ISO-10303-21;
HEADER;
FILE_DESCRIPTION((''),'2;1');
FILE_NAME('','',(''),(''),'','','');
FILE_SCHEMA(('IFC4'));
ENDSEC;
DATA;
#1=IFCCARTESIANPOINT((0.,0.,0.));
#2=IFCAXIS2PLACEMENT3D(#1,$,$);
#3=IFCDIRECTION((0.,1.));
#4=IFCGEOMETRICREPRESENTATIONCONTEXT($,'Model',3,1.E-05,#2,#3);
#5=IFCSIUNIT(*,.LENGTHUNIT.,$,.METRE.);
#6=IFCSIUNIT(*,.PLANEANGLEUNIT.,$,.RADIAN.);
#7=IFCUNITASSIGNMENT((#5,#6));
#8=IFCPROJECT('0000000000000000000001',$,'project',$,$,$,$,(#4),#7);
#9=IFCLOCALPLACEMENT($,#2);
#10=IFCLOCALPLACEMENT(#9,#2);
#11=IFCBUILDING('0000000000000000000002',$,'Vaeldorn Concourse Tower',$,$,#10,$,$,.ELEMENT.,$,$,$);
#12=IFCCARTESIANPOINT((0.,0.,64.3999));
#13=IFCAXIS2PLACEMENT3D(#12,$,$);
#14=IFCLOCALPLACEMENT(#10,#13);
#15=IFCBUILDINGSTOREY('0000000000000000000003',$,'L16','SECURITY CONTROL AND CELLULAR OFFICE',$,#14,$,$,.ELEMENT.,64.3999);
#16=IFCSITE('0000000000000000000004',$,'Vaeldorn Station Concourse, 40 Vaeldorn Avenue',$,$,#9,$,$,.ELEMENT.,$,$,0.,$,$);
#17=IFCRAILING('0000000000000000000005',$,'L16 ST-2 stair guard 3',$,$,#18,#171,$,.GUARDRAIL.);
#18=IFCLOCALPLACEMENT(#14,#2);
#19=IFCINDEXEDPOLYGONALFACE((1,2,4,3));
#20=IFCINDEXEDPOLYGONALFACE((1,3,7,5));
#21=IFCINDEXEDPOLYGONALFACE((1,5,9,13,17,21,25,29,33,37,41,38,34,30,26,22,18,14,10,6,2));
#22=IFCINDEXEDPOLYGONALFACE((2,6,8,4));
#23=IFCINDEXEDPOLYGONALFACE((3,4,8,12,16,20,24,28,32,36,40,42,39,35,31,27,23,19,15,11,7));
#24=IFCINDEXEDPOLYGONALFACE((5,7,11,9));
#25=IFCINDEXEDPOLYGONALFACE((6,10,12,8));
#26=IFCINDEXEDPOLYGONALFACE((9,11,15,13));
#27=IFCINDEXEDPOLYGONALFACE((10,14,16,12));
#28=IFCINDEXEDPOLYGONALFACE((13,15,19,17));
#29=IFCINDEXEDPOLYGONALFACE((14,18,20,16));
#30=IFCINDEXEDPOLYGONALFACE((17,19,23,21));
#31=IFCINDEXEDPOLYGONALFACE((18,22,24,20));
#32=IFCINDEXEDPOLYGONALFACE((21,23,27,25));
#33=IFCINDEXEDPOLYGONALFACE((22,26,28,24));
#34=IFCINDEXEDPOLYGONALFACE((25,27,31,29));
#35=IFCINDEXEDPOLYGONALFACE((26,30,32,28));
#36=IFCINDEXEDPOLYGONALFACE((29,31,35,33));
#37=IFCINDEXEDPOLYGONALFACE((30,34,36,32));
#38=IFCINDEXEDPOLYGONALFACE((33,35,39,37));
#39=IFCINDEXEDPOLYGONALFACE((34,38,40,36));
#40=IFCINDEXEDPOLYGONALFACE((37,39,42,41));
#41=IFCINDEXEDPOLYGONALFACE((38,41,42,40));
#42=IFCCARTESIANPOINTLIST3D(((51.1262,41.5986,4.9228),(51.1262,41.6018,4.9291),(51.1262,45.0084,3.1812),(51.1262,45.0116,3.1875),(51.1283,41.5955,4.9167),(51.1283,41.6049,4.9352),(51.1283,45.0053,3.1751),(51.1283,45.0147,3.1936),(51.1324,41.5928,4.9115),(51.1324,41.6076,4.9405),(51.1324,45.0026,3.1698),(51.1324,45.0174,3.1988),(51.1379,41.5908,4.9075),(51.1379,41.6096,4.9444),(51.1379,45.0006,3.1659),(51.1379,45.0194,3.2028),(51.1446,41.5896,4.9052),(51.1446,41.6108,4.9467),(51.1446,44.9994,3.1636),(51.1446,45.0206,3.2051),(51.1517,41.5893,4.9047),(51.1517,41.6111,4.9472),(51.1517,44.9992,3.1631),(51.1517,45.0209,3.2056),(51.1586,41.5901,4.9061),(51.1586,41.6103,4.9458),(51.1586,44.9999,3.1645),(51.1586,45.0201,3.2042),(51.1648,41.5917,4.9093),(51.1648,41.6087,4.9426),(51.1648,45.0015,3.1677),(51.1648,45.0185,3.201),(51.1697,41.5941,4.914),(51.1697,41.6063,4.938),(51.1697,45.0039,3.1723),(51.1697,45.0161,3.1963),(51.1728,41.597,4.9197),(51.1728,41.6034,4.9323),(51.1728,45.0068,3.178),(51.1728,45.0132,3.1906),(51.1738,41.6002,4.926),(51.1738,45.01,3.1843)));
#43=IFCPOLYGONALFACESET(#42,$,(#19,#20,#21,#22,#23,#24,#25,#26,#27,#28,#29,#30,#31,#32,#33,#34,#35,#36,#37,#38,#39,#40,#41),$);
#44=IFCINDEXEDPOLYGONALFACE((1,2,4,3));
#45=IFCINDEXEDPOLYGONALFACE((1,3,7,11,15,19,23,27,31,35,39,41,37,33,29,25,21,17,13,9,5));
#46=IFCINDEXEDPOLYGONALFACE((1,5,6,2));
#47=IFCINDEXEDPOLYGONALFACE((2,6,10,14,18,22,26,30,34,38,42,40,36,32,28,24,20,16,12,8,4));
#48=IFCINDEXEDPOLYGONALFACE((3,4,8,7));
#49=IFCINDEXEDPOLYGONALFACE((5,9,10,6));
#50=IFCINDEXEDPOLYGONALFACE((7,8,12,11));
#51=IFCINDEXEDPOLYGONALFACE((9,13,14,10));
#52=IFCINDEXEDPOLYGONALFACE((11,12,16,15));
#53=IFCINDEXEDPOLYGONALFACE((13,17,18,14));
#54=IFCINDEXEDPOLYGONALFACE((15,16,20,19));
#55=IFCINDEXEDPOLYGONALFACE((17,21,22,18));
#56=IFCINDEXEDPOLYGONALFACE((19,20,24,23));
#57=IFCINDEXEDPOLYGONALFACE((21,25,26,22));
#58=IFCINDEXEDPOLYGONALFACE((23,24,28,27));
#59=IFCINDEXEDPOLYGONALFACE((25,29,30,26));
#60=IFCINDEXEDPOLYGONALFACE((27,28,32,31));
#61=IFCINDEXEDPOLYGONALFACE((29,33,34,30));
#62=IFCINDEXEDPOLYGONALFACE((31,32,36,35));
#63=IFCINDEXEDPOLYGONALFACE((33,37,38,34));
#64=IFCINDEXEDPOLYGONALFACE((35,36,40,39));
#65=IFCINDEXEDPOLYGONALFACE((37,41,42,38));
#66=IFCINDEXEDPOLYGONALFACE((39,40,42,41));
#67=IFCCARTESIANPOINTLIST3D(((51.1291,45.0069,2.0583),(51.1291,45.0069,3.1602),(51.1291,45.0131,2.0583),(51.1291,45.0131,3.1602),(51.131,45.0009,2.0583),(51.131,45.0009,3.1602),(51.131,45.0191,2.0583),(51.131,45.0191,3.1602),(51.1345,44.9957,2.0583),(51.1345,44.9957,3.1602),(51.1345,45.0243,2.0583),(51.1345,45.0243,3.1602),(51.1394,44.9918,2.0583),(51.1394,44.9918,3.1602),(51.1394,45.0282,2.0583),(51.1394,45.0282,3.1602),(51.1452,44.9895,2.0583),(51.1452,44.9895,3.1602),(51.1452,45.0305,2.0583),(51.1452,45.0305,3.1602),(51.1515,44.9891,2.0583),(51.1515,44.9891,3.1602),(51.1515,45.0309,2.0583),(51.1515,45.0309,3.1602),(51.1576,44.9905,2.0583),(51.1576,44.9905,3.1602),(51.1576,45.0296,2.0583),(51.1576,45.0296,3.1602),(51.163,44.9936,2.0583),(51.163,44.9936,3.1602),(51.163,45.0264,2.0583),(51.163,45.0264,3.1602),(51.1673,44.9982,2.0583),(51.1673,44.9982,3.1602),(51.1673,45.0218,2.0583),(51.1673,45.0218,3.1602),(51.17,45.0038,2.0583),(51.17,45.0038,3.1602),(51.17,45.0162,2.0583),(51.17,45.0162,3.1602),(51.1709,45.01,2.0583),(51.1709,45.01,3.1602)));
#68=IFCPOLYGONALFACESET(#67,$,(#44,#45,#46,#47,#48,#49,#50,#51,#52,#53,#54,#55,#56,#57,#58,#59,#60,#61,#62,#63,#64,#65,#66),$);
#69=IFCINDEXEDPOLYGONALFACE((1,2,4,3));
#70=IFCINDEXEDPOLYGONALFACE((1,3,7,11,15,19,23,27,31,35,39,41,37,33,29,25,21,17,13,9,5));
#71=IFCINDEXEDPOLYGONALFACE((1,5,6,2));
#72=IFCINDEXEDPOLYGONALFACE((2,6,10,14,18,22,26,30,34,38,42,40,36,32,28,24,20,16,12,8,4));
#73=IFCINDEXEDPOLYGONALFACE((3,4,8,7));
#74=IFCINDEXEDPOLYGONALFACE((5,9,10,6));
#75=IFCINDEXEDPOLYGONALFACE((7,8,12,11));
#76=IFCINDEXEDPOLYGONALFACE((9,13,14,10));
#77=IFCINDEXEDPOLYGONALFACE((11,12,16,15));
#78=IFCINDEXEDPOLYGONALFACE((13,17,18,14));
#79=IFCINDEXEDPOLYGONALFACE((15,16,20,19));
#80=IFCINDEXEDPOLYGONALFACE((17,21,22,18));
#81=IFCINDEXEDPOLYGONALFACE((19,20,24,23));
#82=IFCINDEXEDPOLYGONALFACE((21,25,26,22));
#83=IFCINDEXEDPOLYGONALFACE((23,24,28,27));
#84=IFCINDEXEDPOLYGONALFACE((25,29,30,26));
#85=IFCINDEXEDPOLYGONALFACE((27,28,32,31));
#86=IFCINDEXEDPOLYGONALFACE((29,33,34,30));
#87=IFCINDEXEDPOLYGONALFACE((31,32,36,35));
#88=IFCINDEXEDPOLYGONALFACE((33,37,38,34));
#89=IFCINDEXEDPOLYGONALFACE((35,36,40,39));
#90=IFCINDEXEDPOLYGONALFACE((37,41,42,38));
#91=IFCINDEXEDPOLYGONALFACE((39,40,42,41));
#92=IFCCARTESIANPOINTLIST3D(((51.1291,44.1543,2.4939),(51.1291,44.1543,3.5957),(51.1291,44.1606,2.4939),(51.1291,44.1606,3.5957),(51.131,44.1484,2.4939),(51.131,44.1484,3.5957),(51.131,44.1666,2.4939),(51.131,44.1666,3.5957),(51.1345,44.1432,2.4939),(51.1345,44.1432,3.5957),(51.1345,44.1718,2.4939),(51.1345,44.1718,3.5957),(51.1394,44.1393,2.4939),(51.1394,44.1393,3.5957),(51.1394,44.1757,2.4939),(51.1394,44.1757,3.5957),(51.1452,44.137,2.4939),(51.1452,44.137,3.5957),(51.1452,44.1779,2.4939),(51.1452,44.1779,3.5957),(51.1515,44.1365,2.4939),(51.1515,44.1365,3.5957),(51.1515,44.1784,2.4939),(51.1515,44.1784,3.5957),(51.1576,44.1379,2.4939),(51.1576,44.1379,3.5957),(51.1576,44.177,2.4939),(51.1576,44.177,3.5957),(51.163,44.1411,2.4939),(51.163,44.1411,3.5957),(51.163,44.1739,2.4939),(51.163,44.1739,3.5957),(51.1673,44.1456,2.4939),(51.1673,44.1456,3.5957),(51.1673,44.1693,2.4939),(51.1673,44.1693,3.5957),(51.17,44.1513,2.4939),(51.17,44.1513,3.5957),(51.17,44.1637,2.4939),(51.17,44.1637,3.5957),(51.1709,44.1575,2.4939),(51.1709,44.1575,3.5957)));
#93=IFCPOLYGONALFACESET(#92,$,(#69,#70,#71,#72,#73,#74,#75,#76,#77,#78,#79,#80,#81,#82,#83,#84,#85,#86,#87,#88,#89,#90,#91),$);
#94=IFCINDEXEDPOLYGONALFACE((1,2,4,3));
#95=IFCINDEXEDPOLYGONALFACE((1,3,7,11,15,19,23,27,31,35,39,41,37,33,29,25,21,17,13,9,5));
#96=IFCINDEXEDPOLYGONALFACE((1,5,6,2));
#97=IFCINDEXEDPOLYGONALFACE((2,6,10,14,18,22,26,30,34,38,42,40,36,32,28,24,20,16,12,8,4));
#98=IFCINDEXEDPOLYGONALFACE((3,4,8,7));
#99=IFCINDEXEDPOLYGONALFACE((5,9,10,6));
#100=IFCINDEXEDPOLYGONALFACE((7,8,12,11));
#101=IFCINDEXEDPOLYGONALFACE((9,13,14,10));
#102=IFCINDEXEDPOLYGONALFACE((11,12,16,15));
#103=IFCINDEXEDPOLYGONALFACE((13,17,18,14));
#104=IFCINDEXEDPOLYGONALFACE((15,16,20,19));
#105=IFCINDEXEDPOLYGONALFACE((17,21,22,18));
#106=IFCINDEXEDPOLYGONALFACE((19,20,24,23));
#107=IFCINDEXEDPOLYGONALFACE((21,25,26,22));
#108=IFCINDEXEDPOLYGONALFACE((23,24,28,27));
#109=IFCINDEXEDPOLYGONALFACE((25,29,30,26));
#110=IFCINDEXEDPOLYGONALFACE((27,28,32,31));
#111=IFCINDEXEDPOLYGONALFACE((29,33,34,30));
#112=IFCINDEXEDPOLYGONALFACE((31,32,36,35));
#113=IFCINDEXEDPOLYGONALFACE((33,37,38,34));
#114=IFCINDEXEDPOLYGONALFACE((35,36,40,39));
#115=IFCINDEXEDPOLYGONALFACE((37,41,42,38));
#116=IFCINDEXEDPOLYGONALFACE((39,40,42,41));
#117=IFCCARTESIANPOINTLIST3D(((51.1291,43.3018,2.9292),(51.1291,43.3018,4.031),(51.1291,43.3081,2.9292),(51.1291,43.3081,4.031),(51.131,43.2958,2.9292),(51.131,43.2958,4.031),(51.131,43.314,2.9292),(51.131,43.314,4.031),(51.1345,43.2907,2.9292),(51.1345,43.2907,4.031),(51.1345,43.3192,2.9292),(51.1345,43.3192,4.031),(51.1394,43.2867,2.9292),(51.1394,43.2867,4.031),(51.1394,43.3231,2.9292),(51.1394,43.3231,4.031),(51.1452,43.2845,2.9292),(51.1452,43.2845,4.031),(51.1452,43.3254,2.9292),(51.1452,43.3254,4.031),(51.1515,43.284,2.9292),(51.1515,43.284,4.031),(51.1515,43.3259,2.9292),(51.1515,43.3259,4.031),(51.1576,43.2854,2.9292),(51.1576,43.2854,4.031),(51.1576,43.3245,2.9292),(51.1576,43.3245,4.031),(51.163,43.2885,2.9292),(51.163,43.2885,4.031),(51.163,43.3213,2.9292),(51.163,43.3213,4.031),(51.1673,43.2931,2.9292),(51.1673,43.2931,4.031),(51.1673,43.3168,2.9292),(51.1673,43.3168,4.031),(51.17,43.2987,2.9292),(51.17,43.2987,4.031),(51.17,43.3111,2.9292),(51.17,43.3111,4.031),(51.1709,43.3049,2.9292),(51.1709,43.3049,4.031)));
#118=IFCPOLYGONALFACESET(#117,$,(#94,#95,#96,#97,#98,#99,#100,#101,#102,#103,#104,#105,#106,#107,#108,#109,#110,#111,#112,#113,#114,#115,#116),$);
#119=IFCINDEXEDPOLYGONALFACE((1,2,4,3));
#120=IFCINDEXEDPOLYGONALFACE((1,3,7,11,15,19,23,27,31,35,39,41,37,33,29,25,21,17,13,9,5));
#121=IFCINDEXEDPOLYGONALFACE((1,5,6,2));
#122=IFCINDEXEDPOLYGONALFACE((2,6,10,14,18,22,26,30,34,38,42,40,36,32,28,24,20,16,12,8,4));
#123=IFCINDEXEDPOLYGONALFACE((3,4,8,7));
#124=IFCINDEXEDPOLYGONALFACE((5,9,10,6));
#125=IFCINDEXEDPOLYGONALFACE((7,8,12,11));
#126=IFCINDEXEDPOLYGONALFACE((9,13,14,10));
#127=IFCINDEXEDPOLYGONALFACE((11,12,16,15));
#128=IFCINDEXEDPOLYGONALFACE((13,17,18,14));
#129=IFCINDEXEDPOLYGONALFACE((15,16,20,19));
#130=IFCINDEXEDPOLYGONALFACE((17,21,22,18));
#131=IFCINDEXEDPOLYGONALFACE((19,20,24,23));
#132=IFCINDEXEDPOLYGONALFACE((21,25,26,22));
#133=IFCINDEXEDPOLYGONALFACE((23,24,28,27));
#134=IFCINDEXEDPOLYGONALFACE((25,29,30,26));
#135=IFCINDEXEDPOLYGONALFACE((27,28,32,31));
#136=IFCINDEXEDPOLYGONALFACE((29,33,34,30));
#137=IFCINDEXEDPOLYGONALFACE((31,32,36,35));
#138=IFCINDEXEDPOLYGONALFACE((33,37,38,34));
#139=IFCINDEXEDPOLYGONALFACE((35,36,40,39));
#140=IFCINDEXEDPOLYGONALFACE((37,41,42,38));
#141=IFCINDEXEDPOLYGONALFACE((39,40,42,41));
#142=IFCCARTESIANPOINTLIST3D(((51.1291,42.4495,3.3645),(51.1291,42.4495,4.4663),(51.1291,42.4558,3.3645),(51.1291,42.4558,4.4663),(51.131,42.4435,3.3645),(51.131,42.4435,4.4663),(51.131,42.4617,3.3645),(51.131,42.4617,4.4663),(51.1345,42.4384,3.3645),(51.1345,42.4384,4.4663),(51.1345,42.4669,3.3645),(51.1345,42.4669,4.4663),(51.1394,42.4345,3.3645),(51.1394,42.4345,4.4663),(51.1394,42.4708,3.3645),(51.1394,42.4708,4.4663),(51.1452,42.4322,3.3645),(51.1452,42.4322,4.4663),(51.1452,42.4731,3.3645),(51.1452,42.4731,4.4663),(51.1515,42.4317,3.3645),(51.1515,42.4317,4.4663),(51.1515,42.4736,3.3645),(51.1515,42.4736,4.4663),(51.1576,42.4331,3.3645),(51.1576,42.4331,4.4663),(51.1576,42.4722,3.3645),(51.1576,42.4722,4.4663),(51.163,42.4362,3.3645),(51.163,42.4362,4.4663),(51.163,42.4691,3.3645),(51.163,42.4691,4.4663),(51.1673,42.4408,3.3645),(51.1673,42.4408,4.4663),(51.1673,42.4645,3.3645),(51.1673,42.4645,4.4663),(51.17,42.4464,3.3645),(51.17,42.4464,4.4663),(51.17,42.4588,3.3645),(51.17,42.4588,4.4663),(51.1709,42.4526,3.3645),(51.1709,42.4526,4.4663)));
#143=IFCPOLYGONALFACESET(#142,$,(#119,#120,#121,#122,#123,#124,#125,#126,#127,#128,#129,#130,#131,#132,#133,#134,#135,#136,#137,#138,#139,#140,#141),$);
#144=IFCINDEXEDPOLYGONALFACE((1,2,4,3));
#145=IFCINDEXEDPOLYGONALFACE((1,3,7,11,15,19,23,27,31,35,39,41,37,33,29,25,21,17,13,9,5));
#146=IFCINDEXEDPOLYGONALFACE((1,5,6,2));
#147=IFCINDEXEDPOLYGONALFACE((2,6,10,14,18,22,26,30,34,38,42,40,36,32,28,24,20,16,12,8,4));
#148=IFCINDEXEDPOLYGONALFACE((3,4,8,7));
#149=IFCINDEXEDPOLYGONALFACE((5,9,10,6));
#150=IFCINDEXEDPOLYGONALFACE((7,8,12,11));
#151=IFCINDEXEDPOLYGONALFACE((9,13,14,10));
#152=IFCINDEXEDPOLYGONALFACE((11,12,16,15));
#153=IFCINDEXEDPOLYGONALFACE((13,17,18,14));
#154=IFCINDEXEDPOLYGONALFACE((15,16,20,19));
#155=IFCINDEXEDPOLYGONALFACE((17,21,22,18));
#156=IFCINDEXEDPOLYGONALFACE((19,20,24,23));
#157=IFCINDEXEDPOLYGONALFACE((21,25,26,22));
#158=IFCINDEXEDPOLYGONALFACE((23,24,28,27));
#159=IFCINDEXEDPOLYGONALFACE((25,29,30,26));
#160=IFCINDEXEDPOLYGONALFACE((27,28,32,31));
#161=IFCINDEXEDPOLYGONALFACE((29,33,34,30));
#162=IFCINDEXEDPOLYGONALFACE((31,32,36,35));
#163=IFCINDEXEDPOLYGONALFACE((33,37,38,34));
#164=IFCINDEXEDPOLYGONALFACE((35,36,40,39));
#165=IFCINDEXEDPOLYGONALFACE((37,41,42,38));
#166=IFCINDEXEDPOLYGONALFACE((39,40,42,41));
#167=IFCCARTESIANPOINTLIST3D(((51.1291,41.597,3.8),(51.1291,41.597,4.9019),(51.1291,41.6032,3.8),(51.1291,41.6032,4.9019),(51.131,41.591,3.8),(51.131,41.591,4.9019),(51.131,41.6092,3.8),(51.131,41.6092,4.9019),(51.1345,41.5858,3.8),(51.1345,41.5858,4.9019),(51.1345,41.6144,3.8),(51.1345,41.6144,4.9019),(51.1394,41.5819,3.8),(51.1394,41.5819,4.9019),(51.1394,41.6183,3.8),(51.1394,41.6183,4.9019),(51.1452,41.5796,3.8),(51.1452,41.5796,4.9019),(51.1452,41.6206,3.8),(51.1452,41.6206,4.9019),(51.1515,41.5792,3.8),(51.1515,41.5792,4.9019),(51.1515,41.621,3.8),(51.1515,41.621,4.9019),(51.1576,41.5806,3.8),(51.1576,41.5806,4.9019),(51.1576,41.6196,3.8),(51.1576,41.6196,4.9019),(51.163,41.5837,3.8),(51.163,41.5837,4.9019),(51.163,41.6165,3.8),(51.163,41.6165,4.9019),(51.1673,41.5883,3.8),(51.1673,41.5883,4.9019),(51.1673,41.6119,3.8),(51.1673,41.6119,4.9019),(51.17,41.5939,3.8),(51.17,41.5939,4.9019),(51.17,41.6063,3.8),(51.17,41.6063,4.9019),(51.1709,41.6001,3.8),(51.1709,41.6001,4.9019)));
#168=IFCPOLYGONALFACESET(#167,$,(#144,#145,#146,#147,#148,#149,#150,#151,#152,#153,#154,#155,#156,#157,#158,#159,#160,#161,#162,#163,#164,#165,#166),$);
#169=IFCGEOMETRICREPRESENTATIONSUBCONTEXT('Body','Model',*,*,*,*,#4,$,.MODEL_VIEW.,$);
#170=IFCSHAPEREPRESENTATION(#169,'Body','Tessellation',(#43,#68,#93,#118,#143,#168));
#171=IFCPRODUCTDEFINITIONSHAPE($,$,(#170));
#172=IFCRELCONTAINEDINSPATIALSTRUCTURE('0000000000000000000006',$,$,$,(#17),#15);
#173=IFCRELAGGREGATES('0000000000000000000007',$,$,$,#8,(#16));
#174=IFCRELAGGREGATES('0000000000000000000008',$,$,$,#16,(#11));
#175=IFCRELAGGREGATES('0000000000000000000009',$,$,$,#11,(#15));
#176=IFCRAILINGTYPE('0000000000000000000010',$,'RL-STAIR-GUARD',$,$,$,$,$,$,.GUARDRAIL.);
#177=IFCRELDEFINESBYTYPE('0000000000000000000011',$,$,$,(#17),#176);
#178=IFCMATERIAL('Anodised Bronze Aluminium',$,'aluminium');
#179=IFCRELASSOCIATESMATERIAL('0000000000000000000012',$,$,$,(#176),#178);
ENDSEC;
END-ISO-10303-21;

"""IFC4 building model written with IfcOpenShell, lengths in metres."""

from ifc_helpers import new_model, si_unit, direction, frame, origin, origin_2d, place, context, subcontext, project, spatial, circle, extrude, material, type_object, element, save


model = new_model("IFC4")

# Units and contexts
model_context = context("Model", 3, precision=1e-05, world=origin(), true_north=direction((0.0, 1.0)))
body_context = subcontext(model_context, "Body", "Model", "MODEL_VIEW")
ifc_project = project(units=[si_unit("LENGTHUNIT", "METRE"), si_unit("PLANEANGLEUNIT", "RADIAN")], contexts=[model_context])

# Site, building, storey
site_placement = place(None, origin())
site = spatial("IfcSite", under=ifc_project, at=site_placement, Name="Vaeldorn Station Concourse, 40 Vaeldorn Avenue", CompositionType="ELEMENT", RefElevation=0.0)
building_placement = place(site_placement, origin())
building = spatial("IfcBuilding", under=site, at=building_placement, Name="Vaeldorn Concourse Tower", CompositionType="ELEMENT")
storey_placement = place(building_placement, frame((0.0, 0.0, 64.3999)))
storey = spatial("IfcBuildingStorey", under=building, at=storey_placement, Name="L16", Description="SECURITY CONTROL AND CELLULAR OFFICE", CompositionType="ELEMENT", Elevation=64.3999)

# Shared definitions
ifc_material_1 = material(Name="Anodised Bronze Aluminium", Category="aluminium")

# Railing
railing_type_1 = type_object("IfcRailingType", Name="RL-STAIR-GUARD", PredefinedType="GUARDRAIL", material=ifc_material_1)
railing_1_placement = place(storey_placement, frame((51.1499, 45.01, 2.0583)))
element("IfcRailing", 1, at=railing_1_placement, inside=storey, type_object=railing_type_1, Name="L16 ST-2 stair guard 3", PredefinedType="GUARDRAIL", context=body_context, shape_type="SweptSolid", body=[
    extrude(circle(Radius=0.0239, at=origin_2d()), frame((0.0, 0.0, 1.126), z_axis=(0.0, -0.890556, 0.454874), x_axis=(1.0, 0.0, 0.0)), (0.0, 0.0, 1.0), 3.8289),
    extrude(circle(Radius=0.021, at=origin_2d()), origin(), (0.0, 0.0, 1.0), 1.1018),
    extrude(circle(Radius=0.021, at=origin_2d()), frame((0.0, -0.8525, 0.4355)), (0.0, 0.0, 1.0), 1.1018),
    extrude(circle(Radius=0.021, at=origin_2d()), frame((0.0, -1.7051, 0.8708)), (0.0, 0.0, 1.0), 1.1018),
    extrude(circle(Radius=0.021, at=origin_2d()), frame((0.0, -2.5574, 1.3062)), (0.0, 0.0, 1.0), 1.1018),
    extrude(circle(Radius=0.021, at=origin_2d()), frame((0.0, -3.4099, 1.7417)), (0.0, 0.0, 1.0), 1.1018),
])

save(model, "model.ifc")
